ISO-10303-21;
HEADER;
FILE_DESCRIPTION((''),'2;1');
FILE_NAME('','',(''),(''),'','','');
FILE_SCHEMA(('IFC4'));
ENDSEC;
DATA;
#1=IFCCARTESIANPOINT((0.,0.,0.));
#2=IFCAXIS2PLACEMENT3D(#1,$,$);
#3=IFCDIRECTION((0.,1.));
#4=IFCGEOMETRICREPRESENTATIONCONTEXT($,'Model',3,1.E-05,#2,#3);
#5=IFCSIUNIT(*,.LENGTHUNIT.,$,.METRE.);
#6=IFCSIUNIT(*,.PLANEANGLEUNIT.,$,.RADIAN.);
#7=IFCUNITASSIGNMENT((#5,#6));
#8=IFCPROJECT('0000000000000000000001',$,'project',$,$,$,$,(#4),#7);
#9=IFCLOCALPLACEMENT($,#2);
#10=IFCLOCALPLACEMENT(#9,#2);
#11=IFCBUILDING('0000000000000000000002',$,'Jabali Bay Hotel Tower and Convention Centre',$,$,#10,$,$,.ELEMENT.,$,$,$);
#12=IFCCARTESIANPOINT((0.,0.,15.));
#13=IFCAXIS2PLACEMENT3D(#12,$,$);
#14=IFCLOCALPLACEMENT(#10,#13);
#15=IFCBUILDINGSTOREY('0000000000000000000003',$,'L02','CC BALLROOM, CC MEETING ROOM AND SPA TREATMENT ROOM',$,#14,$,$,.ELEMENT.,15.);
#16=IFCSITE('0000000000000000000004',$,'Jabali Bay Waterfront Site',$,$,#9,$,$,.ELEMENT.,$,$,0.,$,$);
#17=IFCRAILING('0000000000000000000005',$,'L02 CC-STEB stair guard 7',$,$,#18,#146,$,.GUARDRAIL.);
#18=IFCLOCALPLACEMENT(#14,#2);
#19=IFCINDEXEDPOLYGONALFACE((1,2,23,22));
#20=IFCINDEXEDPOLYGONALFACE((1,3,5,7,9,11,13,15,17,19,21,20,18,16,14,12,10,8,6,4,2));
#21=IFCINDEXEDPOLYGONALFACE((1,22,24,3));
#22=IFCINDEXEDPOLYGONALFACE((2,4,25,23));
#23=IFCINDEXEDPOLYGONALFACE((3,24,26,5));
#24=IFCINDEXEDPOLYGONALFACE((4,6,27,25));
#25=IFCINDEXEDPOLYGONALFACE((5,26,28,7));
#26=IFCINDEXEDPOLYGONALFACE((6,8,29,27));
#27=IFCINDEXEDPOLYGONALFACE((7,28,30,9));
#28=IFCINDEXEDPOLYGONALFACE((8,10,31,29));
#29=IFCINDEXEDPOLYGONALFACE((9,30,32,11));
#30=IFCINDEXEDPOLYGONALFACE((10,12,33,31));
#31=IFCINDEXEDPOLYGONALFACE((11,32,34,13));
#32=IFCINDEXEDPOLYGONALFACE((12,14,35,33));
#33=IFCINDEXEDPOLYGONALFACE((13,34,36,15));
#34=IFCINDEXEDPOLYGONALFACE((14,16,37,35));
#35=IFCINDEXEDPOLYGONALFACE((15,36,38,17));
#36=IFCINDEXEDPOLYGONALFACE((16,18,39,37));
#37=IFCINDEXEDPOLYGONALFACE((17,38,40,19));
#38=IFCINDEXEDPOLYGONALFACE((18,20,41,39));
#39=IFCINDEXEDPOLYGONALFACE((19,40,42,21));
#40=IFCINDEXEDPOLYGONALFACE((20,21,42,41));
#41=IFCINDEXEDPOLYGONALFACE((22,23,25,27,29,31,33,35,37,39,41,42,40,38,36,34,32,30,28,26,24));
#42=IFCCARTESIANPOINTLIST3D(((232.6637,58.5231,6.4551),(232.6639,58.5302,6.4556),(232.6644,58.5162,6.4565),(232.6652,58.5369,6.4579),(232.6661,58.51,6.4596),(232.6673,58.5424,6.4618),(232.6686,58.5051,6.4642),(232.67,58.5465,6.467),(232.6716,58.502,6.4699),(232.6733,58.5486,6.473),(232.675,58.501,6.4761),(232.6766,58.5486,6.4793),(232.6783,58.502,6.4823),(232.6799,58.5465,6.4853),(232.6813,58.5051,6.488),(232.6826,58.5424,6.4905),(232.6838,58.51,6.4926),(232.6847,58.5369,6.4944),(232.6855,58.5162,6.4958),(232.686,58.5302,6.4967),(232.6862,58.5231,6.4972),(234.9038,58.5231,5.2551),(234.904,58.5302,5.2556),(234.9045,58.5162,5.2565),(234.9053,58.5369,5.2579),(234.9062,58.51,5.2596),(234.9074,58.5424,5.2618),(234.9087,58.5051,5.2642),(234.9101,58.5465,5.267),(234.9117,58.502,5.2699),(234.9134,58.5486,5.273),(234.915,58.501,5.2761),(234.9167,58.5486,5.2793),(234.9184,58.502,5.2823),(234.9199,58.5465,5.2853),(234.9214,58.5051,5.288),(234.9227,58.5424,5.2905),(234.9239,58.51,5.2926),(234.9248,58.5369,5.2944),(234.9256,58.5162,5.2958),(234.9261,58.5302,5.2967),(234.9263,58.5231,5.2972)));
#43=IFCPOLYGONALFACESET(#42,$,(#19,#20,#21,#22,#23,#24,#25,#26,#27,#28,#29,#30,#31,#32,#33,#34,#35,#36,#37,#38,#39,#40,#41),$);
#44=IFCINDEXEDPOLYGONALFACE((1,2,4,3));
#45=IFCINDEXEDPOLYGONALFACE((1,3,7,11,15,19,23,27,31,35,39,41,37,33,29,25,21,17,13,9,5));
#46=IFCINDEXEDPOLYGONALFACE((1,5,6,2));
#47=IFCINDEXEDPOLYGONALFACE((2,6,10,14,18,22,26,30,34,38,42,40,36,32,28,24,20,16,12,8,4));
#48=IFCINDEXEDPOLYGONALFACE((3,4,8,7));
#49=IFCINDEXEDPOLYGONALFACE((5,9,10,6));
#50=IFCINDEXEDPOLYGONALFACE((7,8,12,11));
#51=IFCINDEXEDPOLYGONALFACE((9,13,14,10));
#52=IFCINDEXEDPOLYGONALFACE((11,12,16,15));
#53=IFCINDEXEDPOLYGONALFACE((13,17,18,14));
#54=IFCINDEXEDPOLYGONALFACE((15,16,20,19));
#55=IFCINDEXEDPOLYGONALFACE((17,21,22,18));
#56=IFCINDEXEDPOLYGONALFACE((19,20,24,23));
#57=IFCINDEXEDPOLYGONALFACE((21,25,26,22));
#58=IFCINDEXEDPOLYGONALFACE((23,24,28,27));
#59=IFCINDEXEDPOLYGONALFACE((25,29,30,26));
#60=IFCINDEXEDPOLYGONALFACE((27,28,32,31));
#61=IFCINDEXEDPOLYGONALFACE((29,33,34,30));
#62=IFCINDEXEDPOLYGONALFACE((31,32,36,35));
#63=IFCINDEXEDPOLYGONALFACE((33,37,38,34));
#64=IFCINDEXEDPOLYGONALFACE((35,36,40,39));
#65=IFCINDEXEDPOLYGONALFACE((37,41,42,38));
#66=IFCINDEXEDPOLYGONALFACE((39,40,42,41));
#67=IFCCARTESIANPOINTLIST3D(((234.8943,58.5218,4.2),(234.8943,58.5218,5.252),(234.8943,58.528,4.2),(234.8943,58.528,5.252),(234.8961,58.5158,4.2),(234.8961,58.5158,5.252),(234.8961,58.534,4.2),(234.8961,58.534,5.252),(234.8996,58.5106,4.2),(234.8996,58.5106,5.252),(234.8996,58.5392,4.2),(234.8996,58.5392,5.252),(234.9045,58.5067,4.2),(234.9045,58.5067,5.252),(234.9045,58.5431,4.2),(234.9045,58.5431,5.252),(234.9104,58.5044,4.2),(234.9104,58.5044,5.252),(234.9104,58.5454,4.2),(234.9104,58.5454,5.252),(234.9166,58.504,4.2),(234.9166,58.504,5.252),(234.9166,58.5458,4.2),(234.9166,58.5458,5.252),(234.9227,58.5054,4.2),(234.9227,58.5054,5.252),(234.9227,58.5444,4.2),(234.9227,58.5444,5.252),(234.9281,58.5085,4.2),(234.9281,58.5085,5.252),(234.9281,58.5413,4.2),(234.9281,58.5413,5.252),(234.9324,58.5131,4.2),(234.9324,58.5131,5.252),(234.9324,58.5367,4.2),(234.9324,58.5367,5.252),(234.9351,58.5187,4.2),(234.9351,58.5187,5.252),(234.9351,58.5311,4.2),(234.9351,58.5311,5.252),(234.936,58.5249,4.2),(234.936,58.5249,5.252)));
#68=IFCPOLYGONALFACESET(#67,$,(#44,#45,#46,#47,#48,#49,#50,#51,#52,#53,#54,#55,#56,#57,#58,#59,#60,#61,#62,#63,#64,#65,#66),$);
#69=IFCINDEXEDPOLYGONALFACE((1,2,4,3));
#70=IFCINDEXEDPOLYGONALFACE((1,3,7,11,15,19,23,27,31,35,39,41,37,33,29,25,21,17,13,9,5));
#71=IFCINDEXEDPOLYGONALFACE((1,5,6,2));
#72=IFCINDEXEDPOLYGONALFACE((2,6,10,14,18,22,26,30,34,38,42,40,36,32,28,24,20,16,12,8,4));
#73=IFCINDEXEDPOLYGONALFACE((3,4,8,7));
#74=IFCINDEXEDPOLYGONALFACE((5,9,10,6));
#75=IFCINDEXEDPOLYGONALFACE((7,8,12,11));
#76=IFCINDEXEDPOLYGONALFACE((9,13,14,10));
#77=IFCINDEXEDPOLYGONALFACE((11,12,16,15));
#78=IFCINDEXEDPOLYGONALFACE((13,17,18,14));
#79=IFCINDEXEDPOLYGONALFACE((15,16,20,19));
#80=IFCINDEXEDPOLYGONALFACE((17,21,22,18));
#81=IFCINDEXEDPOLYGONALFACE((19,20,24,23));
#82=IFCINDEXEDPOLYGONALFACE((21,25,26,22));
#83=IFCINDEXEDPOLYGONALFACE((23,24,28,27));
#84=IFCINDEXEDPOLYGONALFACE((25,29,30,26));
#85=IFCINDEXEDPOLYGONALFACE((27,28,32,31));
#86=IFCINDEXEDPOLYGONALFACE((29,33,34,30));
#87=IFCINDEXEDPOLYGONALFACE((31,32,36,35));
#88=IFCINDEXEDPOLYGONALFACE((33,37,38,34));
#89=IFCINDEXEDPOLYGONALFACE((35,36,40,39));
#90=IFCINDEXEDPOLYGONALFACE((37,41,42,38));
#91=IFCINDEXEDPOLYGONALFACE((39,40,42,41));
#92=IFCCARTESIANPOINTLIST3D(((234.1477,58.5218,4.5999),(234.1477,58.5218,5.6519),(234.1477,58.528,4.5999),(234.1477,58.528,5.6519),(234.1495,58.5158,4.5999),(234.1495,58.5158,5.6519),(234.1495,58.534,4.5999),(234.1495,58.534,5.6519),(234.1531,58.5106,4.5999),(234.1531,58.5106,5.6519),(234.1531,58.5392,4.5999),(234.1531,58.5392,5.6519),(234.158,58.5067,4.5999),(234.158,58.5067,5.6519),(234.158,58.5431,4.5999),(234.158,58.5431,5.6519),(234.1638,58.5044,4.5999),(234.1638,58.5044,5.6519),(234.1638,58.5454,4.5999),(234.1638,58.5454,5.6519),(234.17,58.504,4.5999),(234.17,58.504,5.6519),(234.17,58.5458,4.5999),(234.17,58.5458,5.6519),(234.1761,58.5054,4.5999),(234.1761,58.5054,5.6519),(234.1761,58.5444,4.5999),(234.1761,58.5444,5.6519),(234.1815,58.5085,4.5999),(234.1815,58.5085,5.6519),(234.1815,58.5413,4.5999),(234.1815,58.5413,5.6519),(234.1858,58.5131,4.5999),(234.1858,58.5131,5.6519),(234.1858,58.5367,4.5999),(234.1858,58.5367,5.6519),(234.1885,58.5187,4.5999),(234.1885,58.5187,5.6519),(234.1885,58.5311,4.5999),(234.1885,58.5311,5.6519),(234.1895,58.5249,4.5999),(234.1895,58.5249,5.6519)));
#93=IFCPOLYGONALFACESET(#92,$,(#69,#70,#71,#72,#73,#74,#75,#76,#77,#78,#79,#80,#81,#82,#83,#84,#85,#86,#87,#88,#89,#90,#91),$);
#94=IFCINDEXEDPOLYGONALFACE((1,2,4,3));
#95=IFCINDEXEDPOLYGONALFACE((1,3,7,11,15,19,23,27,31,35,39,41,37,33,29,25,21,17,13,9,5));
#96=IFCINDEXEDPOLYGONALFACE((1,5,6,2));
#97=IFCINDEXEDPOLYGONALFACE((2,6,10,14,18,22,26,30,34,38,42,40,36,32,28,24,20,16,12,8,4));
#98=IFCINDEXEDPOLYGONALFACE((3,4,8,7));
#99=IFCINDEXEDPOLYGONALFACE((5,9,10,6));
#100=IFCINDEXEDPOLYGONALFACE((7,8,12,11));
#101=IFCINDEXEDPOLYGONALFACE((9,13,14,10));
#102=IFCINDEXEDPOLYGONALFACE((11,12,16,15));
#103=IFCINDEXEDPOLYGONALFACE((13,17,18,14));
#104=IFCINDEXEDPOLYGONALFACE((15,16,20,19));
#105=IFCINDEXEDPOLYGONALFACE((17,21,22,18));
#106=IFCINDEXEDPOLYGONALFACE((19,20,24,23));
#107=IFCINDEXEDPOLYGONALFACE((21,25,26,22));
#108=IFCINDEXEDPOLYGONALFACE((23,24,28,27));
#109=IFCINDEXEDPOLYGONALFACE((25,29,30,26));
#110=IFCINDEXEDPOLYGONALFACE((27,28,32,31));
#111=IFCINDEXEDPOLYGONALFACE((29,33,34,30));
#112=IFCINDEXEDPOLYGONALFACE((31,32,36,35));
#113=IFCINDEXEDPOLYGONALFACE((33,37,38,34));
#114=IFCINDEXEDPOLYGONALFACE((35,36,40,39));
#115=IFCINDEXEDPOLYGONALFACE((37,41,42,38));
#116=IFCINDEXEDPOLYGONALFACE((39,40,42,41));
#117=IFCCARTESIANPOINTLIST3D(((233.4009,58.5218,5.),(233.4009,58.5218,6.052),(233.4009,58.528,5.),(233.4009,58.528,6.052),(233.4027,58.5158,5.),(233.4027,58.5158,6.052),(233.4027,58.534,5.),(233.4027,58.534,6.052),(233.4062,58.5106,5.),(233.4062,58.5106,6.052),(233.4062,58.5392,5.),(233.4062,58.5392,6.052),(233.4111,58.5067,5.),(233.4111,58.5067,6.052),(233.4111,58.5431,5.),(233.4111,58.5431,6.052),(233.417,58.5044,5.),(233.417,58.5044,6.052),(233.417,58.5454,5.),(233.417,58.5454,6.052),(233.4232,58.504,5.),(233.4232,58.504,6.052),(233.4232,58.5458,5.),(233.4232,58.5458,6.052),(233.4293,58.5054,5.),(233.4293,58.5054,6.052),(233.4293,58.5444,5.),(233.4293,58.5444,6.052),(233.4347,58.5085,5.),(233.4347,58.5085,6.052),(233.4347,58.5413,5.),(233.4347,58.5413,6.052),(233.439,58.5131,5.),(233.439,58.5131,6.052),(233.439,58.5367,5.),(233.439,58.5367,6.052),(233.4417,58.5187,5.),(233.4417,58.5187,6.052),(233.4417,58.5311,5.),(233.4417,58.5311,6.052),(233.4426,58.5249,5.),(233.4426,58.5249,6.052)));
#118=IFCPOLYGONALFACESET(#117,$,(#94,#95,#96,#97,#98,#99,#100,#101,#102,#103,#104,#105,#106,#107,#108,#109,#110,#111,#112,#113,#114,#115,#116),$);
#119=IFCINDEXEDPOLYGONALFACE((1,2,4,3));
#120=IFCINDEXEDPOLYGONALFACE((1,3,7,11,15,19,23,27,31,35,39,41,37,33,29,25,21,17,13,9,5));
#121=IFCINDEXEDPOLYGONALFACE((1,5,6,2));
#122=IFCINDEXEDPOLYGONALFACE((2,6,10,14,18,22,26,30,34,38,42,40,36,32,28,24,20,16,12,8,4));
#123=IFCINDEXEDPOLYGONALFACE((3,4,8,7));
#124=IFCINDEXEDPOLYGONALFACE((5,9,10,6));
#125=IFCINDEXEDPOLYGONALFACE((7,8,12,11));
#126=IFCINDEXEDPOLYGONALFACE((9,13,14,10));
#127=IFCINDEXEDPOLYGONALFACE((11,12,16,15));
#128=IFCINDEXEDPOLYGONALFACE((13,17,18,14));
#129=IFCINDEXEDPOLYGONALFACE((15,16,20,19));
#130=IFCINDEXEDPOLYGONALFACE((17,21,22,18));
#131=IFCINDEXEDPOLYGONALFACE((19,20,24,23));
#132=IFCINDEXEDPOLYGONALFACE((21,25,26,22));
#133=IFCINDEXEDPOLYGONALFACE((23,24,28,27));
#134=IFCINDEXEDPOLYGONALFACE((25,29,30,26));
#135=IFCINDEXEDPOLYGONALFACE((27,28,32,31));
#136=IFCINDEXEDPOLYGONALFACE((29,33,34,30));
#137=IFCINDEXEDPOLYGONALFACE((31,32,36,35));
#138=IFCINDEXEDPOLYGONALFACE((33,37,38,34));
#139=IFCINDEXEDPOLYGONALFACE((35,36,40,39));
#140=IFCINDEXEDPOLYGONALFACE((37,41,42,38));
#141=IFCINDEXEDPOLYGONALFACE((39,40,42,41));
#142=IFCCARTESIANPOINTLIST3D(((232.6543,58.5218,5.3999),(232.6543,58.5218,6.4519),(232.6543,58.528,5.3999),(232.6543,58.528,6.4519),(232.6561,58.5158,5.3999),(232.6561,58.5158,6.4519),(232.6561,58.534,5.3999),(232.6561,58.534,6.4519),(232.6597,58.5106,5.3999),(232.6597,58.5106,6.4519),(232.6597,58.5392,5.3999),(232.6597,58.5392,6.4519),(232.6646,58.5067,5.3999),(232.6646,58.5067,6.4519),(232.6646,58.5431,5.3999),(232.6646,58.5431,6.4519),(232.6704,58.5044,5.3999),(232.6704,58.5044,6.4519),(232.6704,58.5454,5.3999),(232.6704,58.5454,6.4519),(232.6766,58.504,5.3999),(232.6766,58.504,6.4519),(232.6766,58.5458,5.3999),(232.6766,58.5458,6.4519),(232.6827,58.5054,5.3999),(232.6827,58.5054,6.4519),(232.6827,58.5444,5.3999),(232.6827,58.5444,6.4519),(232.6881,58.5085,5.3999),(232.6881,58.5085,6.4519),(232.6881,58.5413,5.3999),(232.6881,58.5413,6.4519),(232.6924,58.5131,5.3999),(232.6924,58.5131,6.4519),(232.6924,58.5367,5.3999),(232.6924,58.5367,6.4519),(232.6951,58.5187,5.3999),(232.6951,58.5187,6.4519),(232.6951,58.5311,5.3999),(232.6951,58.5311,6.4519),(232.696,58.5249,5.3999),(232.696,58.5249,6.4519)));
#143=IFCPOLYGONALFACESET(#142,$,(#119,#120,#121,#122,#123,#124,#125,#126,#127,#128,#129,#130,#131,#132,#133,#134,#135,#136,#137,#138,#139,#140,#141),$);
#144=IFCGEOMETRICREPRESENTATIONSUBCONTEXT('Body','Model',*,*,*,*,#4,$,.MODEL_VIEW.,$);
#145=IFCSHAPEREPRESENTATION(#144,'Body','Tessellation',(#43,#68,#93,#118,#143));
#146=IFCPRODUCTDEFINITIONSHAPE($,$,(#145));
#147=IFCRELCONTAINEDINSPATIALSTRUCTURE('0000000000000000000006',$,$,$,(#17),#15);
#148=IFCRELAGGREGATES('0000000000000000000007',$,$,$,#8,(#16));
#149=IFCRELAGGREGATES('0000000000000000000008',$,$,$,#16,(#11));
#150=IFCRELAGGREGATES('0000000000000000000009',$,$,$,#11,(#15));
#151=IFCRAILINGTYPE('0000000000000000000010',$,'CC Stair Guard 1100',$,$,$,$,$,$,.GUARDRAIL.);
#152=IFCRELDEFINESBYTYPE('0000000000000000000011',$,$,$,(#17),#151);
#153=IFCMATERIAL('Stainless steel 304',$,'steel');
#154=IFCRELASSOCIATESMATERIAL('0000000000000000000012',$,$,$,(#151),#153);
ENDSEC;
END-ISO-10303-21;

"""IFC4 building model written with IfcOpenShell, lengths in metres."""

from ifc_helpers import new_model, si_unit, direction, frame, origin, origin_2d, place, context, subcontext, project, spatial, circle, extrude, material, type_object, element, save


model = new_model("IFC4")

# Units and contexts
model_context = context("Model", 3, precision=1e-05, world=origin(), true_north=direction((0.0, 1.0)))
body_context = subcontext(model_context, "Body", "Model", "MODEL_VIEW")
ifc_project = project(units=[si_unit("LENGTHUNIT", "METRE"), si_unit("PLANEANGLEUNIT", "RADIAN")], contexts=[model_context])

# Site, building, storey
site_placement = place(None, origin())
site = spatial("IfcSite", under=ifc_project, at=site_placement, Name="Jabali Bay Waterfront Site", CompositionType="ELEMENT", RefElevation=0.0)
building_placement = place(site_placement, origin())
building = spatial("IfcBuilding", under=site, at=building_placement, Name="Jabali Bay Hotel Tower and Convention Centre", CompositionType="ELEMENT")
storey_placement = place(building_placement, frame((0.0, 0.0, 15.0)))
storey = spatial("IfcBuildingStorey", under=building, at=storey_placement, Name="L02", Description="CC BALLROOM, CC MEETING ROOM AND SPA TREATMENT ROOM", CompositionType="ELEMENT", Elevation=15.0)

# Railing
ifc_material_1 = material(Name="Stainless steel 304", Category="steel")
railing_type_1 = type_object("IfcRailingType", Name="CC Stair Guard 1100", PredefinedType="GUARDRAIL", material=ifc_material_1)
for number, where, name in (
    (1, (234.915, 58.5249, 4.2), "L02 CC-STEB stair guard 7"),
):
    element("IfcRailing", number, at=place(storey_placement, frame(where)), inside=storey, type_object=railing_type_1, Name=name, PredefinedType="GUARDRAIL", context=body_context, shape_type="SweptSolid", body=[
        extrude(circle(Radius=0.0239, at=origin_2d()), frame((0.0, 0.0, 1.0762), z_axis=(-0.881487, 0.0, 0.472208), x_axis=(0.0, -1.0, 0.0)), (0.0, 0.0, 1.0), 2.5413),
        extrude(circle(Radius=0.021, at=origin_2d()), origin(), (0.0, 0.0, 1.0), 1.052),
        extrude(circle(Radius=0.021, at=origin_2d()), frame((-0.7466, 0.0, 0.3999)), (0.0, 0.0, 1.0), 1.052),
        extrude(circle(Radius=0.021, at=origin_2d()), frame((-1.4934, 0.0, 0.8)), (0.0, 0.0, 1.0), 1.052),
        extrude(circle(Radius=0.021, at=origin_2d()), frame((-2.24, 0.0, 1.2)), (0.0, 0.0, 1.0), 1.052),
    ])

save(model, "model.ifc")
